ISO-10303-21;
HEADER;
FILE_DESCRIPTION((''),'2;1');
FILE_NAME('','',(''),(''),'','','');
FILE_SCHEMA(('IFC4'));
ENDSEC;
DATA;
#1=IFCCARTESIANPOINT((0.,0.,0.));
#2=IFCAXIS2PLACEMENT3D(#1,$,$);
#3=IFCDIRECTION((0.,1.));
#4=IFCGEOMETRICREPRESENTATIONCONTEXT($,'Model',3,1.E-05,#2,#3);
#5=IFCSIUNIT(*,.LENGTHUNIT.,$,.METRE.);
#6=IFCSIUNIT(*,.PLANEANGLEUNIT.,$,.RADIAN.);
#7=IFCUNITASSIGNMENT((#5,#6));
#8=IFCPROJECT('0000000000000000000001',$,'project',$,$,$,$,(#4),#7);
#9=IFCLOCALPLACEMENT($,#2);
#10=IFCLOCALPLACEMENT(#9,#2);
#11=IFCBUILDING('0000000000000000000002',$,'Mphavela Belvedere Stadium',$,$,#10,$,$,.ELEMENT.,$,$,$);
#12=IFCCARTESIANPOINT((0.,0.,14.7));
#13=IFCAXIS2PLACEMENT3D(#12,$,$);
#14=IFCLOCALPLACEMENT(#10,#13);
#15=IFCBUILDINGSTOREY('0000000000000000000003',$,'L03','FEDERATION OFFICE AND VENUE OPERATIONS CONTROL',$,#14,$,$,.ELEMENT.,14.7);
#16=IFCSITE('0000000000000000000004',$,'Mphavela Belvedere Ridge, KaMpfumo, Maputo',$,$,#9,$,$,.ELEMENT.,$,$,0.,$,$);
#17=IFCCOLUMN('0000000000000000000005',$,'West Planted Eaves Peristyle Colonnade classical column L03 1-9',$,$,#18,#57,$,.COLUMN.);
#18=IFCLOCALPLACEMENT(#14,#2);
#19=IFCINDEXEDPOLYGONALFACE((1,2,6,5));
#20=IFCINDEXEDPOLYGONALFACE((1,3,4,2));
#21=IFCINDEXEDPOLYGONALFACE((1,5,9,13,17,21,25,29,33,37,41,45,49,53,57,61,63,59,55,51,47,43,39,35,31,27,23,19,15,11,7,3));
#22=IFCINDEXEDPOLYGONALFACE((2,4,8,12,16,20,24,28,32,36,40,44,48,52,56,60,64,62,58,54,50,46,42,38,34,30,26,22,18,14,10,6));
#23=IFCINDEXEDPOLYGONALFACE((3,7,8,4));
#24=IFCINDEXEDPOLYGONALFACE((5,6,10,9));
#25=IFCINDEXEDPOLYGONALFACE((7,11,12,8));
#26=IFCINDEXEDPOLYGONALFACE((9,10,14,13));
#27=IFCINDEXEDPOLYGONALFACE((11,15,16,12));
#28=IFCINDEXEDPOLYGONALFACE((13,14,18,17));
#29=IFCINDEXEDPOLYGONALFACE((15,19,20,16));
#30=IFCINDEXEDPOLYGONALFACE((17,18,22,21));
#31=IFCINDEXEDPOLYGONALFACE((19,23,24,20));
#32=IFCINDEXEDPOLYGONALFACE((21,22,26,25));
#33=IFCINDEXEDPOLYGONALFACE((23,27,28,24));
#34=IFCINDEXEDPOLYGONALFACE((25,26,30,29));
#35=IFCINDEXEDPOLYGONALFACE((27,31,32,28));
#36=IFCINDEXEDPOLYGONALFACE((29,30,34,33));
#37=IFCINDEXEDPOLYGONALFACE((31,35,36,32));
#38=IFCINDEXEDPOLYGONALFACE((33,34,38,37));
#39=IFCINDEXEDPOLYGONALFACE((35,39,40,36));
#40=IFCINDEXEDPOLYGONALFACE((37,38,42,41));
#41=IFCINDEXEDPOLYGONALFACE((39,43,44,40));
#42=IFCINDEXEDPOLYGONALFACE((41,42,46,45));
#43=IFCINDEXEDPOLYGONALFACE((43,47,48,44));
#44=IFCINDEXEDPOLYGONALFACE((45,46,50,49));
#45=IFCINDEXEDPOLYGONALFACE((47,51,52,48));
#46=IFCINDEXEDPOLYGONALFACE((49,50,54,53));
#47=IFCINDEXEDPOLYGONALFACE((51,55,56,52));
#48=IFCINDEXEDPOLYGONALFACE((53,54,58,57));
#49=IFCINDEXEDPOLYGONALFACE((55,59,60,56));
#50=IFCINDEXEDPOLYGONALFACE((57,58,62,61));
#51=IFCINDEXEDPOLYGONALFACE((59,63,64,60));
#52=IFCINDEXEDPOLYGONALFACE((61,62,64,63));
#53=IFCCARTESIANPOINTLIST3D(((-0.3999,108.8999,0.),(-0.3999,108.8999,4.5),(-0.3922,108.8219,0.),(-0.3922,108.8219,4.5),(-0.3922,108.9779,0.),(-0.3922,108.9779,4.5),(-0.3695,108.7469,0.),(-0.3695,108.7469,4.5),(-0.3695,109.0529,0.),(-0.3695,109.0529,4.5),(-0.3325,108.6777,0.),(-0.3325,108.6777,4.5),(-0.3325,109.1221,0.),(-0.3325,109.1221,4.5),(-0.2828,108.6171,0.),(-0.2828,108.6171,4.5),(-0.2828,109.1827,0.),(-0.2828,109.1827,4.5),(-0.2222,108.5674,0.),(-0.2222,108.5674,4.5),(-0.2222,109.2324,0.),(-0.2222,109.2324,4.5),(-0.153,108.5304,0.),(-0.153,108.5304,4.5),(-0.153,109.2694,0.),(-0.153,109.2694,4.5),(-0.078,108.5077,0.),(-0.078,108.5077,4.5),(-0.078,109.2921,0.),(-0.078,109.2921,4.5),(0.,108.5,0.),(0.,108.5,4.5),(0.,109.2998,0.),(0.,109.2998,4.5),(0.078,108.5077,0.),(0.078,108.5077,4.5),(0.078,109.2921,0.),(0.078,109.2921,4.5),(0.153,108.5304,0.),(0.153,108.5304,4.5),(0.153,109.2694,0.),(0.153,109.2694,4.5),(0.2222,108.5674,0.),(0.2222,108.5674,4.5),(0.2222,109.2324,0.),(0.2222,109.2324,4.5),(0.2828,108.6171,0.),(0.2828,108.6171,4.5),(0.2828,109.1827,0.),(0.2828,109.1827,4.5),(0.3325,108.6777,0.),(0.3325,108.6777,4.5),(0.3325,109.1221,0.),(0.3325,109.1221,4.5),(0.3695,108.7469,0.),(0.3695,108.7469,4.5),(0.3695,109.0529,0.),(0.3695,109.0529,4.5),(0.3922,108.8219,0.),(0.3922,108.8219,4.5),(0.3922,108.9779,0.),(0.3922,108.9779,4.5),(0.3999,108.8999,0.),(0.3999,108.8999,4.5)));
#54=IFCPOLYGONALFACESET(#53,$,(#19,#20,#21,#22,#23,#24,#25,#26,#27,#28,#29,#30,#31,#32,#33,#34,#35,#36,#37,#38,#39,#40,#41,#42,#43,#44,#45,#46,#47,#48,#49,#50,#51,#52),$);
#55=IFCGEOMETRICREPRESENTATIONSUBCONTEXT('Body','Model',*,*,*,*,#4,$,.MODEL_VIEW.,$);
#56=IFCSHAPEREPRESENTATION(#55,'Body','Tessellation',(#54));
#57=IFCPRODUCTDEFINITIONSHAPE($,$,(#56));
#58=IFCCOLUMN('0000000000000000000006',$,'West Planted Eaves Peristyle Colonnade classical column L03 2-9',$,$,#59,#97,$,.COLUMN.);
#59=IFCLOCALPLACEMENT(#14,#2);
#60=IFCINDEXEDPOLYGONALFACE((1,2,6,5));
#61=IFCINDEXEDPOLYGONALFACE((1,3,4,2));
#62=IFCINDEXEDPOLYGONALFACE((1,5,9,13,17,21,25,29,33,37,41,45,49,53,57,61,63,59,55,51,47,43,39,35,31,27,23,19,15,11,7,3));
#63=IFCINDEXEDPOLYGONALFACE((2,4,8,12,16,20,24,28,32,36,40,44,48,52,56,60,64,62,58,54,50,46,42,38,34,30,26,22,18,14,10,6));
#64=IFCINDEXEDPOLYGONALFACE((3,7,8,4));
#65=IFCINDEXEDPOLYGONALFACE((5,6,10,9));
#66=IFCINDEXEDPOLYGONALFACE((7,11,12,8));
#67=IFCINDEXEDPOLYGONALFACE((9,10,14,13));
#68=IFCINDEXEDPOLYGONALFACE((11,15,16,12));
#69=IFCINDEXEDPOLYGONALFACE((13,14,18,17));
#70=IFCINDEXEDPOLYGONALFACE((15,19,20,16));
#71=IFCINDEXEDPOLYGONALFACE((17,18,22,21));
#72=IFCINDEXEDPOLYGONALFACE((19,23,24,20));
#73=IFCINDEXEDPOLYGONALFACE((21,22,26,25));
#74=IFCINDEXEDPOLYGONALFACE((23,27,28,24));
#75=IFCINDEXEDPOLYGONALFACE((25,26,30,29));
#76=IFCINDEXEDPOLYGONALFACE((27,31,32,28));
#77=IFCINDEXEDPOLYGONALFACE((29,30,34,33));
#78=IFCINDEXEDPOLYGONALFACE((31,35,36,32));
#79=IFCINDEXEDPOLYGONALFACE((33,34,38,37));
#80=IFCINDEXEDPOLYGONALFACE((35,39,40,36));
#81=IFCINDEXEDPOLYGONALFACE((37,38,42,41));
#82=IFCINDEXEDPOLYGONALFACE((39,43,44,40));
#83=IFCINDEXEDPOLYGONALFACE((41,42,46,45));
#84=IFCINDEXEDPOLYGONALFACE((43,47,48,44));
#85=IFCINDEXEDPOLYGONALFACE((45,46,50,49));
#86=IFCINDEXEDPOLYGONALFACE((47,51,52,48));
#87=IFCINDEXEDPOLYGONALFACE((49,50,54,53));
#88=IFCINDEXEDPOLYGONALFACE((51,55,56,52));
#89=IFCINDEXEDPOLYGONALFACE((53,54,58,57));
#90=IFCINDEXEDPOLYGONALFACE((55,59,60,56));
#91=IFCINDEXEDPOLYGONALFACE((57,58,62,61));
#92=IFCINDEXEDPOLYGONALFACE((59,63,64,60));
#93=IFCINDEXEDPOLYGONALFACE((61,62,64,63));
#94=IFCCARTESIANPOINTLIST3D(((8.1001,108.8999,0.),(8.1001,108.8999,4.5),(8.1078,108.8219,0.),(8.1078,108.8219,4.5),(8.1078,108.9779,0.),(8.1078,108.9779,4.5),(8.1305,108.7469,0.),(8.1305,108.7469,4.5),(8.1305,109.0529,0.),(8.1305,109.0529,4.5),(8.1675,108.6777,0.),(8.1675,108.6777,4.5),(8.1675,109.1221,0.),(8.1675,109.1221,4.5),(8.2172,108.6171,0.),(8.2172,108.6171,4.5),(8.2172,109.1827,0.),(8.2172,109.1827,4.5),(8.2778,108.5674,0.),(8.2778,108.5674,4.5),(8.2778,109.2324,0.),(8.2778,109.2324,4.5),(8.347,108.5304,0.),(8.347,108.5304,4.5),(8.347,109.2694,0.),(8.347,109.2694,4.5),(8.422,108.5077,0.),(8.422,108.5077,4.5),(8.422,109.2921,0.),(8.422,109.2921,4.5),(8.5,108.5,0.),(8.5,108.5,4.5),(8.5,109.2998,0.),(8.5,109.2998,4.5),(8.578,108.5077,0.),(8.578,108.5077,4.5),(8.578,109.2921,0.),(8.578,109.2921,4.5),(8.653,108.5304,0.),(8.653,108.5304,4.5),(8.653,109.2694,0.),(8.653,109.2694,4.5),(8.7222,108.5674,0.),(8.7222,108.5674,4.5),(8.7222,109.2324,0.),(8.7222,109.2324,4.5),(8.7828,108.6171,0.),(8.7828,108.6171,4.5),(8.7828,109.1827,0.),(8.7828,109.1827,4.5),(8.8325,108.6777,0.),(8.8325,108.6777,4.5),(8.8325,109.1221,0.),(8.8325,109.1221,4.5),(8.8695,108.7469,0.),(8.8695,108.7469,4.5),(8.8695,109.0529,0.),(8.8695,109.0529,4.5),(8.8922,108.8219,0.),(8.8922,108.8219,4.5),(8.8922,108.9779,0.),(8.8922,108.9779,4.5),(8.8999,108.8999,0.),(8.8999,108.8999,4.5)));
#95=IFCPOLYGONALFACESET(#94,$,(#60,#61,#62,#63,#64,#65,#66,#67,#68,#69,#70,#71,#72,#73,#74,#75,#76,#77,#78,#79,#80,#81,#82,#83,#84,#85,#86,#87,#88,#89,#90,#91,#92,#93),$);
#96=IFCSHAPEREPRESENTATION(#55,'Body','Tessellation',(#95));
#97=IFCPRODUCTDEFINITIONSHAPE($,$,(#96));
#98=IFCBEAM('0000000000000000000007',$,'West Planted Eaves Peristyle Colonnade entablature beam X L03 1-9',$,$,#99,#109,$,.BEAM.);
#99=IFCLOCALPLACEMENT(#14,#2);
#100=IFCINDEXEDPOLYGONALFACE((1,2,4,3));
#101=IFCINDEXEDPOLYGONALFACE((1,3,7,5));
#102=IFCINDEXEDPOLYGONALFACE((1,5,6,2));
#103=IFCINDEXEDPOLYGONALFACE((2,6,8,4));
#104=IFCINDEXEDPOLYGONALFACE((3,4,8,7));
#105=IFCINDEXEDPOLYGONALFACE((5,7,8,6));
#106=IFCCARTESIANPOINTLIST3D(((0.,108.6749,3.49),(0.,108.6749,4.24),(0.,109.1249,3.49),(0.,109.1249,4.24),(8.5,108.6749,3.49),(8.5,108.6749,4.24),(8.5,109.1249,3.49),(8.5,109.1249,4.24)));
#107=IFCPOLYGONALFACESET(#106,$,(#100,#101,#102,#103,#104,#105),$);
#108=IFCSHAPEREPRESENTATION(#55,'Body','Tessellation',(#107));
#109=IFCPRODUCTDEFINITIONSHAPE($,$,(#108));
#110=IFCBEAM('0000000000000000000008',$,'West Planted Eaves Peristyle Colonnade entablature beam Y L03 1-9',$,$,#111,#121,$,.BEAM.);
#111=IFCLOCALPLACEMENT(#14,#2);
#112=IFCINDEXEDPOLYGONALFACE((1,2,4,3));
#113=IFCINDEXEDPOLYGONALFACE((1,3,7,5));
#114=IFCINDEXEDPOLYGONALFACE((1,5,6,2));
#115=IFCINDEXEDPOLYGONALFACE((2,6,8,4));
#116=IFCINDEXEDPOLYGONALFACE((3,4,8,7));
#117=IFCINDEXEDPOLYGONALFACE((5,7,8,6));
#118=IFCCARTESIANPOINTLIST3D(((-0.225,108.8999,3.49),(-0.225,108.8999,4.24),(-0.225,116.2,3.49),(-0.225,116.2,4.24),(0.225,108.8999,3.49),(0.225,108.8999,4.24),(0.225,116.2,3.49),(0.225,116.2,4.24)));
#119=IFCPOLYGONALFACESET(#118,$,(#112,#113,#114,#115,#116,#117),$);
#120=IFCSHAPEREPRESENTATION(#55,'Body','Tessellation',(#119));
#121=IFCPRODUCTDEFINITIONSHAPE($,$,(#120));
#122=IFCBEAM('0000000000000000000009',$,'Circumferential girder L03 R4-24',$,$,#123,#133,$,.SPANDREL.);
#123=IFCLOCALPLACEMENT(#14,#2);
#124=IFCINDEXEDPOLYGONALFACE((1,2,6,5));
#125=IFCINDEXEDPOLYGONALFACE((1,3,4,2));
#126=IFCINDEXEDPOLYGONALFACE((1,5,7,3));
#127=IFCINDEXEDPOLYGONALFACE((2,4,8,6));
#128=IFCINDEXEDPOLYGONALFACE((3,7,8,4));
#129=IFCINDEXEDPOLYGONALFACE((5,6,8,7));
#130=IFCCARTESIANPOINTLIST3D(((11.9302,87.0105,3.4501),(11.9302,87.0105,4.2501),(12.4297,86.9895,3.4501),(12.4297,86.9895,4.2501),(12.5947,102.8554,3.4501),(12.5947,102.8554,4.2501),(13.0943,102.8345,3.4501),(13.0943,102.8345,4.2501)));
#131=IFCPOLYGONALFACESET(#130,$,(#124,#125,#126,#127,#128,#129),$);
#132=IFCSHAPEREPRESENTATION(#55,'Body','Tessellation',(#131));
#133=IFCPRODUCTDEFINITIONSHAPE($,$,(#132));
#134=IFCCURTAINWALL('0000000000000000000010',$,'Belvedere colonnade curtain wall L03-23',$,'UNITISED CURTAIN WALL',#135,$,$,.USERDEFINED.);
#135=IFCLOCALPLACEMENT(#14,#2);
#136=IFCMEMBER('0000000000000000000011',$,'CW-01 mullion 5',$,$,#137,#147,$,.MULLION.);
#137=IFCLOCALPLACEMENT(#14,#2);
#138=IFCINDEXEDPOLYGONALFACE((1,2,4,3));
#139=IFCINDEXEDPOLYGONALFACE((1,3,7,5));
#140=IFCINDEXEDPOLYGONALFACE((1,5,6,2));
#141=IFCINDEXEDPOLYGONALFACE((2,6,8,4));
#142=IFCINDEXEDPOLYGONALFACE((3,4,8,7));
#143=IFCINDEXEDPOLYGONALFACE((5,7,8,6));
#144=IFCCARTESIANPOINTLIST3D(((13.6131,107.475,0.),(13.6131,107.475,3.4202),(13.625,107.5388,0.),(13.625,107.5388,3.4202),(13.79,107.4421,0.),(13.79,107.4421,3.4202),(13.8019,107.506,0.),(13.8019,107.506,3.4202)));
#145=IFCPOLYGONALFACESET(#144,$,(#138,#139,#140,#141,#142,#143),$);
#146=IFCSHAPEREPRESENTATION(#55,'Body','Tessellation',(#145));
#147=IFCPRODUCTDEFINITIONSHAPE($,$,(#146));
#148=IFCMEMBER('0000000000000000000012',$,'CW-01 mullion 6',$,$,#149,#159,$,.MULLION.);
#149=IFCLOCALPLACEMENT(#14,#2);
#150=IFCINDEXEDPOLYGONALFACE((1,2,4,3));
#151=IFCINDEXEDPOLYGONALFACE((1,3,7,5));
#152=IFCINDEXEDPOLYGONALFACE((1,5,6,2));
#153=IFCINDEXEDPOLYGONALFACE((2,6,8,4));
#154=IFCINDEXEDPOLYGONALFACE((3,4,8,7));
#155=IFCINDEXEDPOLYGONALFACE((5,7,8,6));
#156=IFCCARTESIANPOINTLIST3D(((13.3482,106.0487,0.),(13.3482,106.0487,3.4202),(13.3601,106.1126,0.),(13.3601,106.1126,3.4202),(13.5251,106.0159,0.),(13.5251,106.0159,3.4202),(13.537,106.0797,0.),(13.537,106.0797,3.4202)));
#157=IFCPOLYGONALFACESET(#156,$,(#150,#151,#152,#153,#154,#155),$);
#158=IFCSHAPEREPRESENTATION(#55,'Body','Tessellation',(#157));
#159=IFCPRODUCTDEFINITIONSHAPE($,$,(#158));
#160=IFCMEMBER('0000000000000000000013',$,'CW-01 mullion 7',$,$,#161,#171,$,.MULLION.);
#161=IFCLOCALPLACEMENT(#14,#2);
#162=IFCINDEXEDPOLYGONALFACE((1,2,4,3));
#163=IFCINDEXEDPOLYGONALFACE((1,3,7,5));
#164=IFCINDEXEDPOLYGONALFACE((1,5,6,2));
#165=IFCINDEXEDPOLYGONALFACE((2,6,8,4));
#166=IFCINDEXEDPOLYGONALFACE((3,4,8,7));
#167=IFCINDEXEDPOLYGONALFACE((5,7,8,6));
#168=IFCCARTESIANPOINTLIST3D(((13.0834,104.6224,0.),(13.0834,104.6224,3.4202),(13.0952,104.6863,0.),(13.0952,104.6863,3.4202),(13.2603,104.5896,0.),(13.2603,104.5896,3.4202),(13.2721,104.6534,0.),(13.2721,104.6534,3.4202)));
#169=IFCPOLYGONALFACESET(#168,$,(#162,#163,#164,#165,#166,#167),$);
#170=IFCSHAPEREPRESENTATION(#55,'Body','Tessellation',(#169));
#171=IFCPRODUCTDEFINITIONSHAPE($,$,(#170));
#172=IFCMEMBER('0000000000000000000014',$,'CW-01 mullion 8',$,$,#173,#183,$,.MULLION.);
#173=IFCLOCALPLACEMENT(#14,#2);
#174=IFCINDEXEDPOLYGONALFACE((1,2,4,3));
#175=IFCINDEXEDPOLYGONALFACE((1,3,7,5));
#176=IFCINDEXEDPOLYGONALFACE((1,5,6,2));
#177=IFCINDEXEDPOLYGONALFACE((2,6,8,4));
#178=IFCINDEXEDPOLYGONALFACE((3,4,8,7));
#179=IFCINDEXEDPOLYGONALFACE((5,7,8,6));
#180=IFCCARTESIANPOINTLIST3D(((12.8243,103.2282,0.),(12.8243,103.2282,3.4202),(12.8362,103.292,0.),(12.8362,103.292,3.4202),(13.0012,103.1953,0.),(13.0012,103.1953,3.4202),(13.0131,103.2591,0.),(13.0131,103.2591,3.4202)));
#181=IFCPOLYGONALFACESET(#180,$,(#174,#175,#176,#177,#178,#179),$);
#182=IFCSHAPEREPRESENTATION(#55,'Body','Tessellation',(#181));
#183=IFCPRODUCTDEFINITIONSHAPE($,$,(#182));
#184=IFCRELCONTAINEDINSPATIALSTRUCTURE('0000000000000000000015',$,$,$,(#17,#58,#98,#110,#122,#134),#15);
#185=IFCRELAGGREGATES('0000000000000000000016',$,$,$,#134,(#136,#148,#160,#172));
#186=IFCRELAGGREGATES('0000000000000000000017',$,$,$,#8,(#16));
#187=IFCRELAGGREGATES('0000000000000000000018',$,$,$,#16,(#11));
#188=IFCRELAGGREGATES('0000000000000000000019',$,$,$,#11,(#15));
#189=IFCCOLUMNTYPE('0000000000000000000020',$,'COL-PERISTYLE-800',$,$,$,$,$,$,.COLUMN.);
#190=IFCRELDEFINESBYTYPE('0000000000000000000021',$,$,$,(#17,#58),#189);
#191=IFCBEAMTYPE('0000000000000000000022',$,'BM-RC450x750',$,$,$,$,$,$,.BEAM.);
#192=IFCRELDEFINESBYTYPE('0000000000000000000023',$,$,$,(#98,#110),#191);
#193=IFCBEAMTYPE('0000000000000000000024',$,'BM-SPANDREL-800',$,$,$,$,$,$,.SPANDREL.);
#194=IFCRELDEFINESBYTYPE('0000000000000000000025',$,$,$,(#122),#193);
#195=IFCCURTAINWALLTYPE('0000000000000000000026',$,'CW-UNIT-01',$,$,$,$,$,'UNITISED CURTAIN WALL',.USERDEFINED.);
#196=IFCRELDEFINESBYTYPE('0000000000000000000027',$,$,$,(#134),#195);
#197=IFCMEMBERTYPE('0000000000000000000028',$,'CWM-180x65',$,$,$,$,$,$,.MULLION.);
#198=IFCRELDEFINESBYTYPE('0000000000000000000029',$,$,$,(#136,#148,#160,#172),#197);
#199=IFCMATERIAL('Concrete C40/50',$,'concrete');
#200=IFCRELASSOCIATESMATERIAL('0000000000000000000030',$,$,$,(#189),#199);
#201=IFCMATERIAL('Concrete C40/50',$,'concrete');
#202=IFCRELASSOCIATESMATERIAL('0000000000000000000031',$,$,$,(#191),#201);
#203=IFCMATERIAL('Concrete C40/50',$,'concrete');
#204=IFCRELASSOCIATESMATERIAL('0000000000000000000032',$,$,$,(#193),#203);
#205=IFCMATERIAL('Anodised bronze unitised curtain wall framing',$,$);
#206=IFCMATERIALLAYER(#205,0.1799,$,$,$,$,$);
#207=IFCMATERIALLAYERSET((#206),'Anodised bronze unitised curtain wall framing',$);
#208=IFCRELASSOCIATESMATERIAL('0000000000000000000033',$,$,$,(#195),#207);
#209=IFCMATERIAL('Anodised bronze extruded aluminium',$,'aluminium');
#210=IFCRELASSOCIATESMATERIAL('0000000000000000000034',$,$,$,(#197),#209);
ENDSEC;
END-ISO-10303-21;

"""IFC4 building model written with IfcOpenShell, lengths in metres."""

from ifc_helpers import new_model, si_unit, direction, frame, origin, origin_2d, place, context, subcontext, project, spatial, rectangle, circle, extrude, material, layer, layer_set, material_profile, profile_set, type_object, element, aggregate, save


model = new_model("IFC4")

# Units and contexts
model_context = context("Model", 3, precision=1e-05, world=origin(), true_north=direction((0.0, 1.0)))
body_context = subcontext(model_context, "Body", "Model", "MODEL_VIEW")
ifc_project = project(units=[si_unit("LENGTHUNIT", "METRE"), si_unit("PLANEANGLEUNIT", "RADIAN")], contexts=[model_context])

# Site, building, storey
site_placement = place(None, origin())
site = spatial("IfcSite", under=ifc_project, at=site_placement, Name="Mphavela Belvedere Ridge, KaMpfumo, Maputo", CompositionType="ELEMENT", RefElevation=0.0)
building_placement = place(site_placement, origin())
building = spatial("IfcBuilding", under=site, at=building_placement, Name="Mphavela Belvedere Stadium", CompositionType="ELEMENT")
storey_placement = place(building_placement, frame((0.0, 0.0, 14.7)))
storey = spatial("IfcBuildingStorey", under=building, at=storey_placement, Name="L03", Description="FEDERATION OFFICE AND VENUE OPERATIONS CONTROL", CompositionType="ELEMENT", Elevation=14.7)

# Columns
ifc_material_1 = material(Name="Concrete C40/50", Category="concrete")
ifc_material_profile_1 = material_profile(ifc_material_1, circle(Radius=0.3999, at=origin_2d()), Name="COL D800")
ifc_profile_set_1 = profile_set([ifc_material_profile_1], Name="Concrete C40/50")
column_type = type_object("IfcColumnType", Name="COL-PERISTYLE-800", PredefinedType="COLUMN", material=ifc_profile_set_1)
for number, where, z_axis, x_axis, name in (
    (1, (0.0, 108.8999, 0.0), (0.0, 0.0, 1.0), (1.0, 0.0, 0.0), "West Planted Eaves Peristyle Colonnade classical column L03 1-9"),
    (2, (8.5, 108.8999, 0.0), (0.0, 0.0, 1.0), (1.0, 0.0, 0.0), "West Planted Eaves Peristyle Colonnade classical column L03 2-9"),
):
    element("IfcColumn", number, at=place(storey_placement, frame(where, z_axis=z_axis, x_axis=x_axis)), inside=storey, type_object=column_type, Name=name, PredefinedType="COLUMN", context=body_context, shape_type="SweptSolid", body=[
        extrude(circle(Radius=0.3999, at=origin_2d()), origin(), (0.0, 0.0, 1.0), 4.5),
    ])

# Beams
ifc_material_2 = material(Name="Concrete C40/50", Category="concrete")
ifc_material_profile_2 = material_profile(ifc_material_2, rectangle(XDim=0.45, YDim=0.75, at=origin_2d()), Name="RC 450x750")
ifc_profile_set_2 = profile_set([ifc_material_profile_2], Name="Concrete C40/50")
beam_type_1 = type_object("IfcBeamType", Name="BM-RC450x750", PredefinedType="BEAM", material=ifc_profile_set_2)
beam_1_placement = place(storey_placement, frame((0.0, 108.8999, 3.865), z_axis=(1.0, 0.0, 0.0), x_axis=(0.0, 1.0, 0.0)))
element("IfcBeam", 3, at=beam_1_placement, inside=storey, type_object=beam_type_1, Name="West Planted Eaves Peristyle Colonnade entablature beam X L03 1-9", PredefinedType="BEAM", context=body_context, shape_type="SweptSolid", body=[
    extrude(rectangle(XDim=0.45, YDim=0.75, at=origin_2d()), origin(), (0.0, 0.0, 1.0), 8.5),
])
beam_2_placement = place(storey_placement, frame((0.0, 108.8999, 3.865), z_axis=(0.0, 1.0, 0.0), x_axis=(-1.0, 0.0, 0.0)))
element("IfcBeam", 4, at=beam_2_placement, inside=storey, type_object=beam_type_1, Name="West Planted Eaves Peristyle Colonnade entablature beam Y L03 1-9", PredefinedType="BEAM", context=body_context, shape_type="SweptSolid", body=[
    extrude(rectangle(XDim=0.45, YDim=0.75, at=origin_2d()), origin(), (0.0, 0.0, 1.0), 7.3),
])
ifc_material_3 = material(Name="Concrete C40/50", Category="concrete")
ifc_material_profile_3 = material_profile(ifc_material_3, rectangle(XDim=0.5, YDim=0.8, at=origin_2d()), Name="RC 500x800")
ifc_profile_set_3 = profile_set([ifc_material_profile_3], Name="Concrete C40/50")
beam_type_2 = type_object("IfcBeamType", Name="BM-SPANDREL-800", PredefinedType="SPANDREL", material=ifc_profile_set_3)
beam_3_placement = place(storey_placement, frame((12.8445, 102.845, 3.8501), z_axis=(-0.041904, -0.999122, 0.0), x_axis=(0.999122, -0.041904, 0.0)))
element("IfcBeam", 5, at=beam_3_placement, inside=storey, type_object=beam_type_2, Name="Circumferential girder L03 R4-24", PredefinedType="SPANDREL", context=body_context, shape_type="SweptSolid", body=[
    extrude(rectangle(XDim=0.5, YDim=0.8, at=origin_2d()), origin(), (0.0, 0.0, 1.0), 15.8589),
])

# Curtain wall, members
ifc_material_4 = material(Name="Anodised bronze unitised curtain wall framing")
ifc_layer_1 = layer(ifc_material_4, 0.1799)
ifc_layer_set_1 = layer_set([ifc_layer_1], Name="Anodised bronze unitised curtain wall framing")
curtain_wall_type = type_object("IfcCurtainWallType", Name="CW-UNIT-01", ElementType="UNITISED CURTAIN WALL", PredefinedType="USERDEFINED", material=ifc_layer_set_1)
curtain_wall_placement = place(storey_placement, origin())
curtain_wall = element("IfcCurtainWall", 6, at=curtain_wall_placement, inside=storey, type_object=curtain_wall_type, Name="Belvedere colonnade curtain wall L03-23", ObjectType="UNITISED CURTAIN WALL", PredefinedType="USERDEFINED")
ifc_material_5 = material(Name="Anodised bronze extruded aluminium", Category="aluminium")
ifc_material_profile_4 = material_profile(ifc_material_5, rectangle(XDim=0.1799, YDim=0.0649, at=origin_2d()), Name="CW-MUL 180x65")
ifc_profile_set_4 = profile_set([ifc_material_profile_4], Name="Anodised bronze extruded aluminium")
member_type_1 = type_object("IfcMemberType", Name="CWM-180x65", PredefinedType="MULLION", material=ifc_profile_set_4)
member_1_placement = place(storey_placement, frame((13.7075, 107.4905, 0.0), z_axis=(0.0, 0.0, 1.0), x_axis=(0.983181, -0.182631, 0.0)))
member_1 = element("IfcMember", 7, at=member_1_placement, type_object=member_type_1, Name="CW-01 mullion 5", PredefinedType="MULLION", context=body_context, shape_type="SweptSolid", body=[
    extrude(rectangle(XDim=0.1799, YDim=0.0649, at=origin_2d()), origin(), (0.0, 0.0, 1.0), 3.4202),
])
member_2_placement = place(storey_placement, frame((13.4426, 106.0642, 0.0), z_axis=(0.0, 0.0, 1.0), x_axis=(0.983181, -0.182631, 0.0)))
member_2 = element("IfcMember", 8, at=member_2_placement, type_object=member_type_1, Name="CW-01 mullion 6", PredefinedType="MULLION", context=body_context, shape_type="SweptSolid", body=[
    extrude(rectangle(XDim=0.1799, YDim=0.0649, at=origin_2d()), origin(), (0.0, 0.0, 1.0), 3.4202),
])
member_3_placement = place(storey_placement, frame((13.1777, 104.6379, 0.0), z_axis=(0.0, 0.0, 1.0), x_axis=(0.983181, -0.182631, 0.0)))
member_3 = element("IfcMember", 9, at=member_3_placement, type_object=member_type_1, Name="CW-01 mullion 7", PredefinedType="MULLION", context=body_context, shape_type="SweptSolid", body=[
    extrude(rectangle(XDim=0.1799, YDim=0.0649, at=origin_2d()), origin(), (0.0, 0.0, 1.0), 3.4202),
])
member_4_placement = place(storey_placement, frame((12.9187, 103.2437, 0.0), z_axis=(0.0, 0.0, 1.0), x_axis=(0.983181, -0.182631, 0.0)))
member_4 = element("IfcMember", 10, at=member_4_placement, type_object=member_type_1, Name="CW-01 mullion 8", PredefinedType="MULLION", context=body_context, shape_type="SweptSolid", body=[
    extrude(rectangle(XDim=0.1799, YDim=0.0649, at=origin_2d()), origin(), (0.0, 0.0, 1.0), 3.4202),
])
aggregate(curtain_wall, [member_1, member_2, member_3, member_4])

save(model, "model.ifc")
